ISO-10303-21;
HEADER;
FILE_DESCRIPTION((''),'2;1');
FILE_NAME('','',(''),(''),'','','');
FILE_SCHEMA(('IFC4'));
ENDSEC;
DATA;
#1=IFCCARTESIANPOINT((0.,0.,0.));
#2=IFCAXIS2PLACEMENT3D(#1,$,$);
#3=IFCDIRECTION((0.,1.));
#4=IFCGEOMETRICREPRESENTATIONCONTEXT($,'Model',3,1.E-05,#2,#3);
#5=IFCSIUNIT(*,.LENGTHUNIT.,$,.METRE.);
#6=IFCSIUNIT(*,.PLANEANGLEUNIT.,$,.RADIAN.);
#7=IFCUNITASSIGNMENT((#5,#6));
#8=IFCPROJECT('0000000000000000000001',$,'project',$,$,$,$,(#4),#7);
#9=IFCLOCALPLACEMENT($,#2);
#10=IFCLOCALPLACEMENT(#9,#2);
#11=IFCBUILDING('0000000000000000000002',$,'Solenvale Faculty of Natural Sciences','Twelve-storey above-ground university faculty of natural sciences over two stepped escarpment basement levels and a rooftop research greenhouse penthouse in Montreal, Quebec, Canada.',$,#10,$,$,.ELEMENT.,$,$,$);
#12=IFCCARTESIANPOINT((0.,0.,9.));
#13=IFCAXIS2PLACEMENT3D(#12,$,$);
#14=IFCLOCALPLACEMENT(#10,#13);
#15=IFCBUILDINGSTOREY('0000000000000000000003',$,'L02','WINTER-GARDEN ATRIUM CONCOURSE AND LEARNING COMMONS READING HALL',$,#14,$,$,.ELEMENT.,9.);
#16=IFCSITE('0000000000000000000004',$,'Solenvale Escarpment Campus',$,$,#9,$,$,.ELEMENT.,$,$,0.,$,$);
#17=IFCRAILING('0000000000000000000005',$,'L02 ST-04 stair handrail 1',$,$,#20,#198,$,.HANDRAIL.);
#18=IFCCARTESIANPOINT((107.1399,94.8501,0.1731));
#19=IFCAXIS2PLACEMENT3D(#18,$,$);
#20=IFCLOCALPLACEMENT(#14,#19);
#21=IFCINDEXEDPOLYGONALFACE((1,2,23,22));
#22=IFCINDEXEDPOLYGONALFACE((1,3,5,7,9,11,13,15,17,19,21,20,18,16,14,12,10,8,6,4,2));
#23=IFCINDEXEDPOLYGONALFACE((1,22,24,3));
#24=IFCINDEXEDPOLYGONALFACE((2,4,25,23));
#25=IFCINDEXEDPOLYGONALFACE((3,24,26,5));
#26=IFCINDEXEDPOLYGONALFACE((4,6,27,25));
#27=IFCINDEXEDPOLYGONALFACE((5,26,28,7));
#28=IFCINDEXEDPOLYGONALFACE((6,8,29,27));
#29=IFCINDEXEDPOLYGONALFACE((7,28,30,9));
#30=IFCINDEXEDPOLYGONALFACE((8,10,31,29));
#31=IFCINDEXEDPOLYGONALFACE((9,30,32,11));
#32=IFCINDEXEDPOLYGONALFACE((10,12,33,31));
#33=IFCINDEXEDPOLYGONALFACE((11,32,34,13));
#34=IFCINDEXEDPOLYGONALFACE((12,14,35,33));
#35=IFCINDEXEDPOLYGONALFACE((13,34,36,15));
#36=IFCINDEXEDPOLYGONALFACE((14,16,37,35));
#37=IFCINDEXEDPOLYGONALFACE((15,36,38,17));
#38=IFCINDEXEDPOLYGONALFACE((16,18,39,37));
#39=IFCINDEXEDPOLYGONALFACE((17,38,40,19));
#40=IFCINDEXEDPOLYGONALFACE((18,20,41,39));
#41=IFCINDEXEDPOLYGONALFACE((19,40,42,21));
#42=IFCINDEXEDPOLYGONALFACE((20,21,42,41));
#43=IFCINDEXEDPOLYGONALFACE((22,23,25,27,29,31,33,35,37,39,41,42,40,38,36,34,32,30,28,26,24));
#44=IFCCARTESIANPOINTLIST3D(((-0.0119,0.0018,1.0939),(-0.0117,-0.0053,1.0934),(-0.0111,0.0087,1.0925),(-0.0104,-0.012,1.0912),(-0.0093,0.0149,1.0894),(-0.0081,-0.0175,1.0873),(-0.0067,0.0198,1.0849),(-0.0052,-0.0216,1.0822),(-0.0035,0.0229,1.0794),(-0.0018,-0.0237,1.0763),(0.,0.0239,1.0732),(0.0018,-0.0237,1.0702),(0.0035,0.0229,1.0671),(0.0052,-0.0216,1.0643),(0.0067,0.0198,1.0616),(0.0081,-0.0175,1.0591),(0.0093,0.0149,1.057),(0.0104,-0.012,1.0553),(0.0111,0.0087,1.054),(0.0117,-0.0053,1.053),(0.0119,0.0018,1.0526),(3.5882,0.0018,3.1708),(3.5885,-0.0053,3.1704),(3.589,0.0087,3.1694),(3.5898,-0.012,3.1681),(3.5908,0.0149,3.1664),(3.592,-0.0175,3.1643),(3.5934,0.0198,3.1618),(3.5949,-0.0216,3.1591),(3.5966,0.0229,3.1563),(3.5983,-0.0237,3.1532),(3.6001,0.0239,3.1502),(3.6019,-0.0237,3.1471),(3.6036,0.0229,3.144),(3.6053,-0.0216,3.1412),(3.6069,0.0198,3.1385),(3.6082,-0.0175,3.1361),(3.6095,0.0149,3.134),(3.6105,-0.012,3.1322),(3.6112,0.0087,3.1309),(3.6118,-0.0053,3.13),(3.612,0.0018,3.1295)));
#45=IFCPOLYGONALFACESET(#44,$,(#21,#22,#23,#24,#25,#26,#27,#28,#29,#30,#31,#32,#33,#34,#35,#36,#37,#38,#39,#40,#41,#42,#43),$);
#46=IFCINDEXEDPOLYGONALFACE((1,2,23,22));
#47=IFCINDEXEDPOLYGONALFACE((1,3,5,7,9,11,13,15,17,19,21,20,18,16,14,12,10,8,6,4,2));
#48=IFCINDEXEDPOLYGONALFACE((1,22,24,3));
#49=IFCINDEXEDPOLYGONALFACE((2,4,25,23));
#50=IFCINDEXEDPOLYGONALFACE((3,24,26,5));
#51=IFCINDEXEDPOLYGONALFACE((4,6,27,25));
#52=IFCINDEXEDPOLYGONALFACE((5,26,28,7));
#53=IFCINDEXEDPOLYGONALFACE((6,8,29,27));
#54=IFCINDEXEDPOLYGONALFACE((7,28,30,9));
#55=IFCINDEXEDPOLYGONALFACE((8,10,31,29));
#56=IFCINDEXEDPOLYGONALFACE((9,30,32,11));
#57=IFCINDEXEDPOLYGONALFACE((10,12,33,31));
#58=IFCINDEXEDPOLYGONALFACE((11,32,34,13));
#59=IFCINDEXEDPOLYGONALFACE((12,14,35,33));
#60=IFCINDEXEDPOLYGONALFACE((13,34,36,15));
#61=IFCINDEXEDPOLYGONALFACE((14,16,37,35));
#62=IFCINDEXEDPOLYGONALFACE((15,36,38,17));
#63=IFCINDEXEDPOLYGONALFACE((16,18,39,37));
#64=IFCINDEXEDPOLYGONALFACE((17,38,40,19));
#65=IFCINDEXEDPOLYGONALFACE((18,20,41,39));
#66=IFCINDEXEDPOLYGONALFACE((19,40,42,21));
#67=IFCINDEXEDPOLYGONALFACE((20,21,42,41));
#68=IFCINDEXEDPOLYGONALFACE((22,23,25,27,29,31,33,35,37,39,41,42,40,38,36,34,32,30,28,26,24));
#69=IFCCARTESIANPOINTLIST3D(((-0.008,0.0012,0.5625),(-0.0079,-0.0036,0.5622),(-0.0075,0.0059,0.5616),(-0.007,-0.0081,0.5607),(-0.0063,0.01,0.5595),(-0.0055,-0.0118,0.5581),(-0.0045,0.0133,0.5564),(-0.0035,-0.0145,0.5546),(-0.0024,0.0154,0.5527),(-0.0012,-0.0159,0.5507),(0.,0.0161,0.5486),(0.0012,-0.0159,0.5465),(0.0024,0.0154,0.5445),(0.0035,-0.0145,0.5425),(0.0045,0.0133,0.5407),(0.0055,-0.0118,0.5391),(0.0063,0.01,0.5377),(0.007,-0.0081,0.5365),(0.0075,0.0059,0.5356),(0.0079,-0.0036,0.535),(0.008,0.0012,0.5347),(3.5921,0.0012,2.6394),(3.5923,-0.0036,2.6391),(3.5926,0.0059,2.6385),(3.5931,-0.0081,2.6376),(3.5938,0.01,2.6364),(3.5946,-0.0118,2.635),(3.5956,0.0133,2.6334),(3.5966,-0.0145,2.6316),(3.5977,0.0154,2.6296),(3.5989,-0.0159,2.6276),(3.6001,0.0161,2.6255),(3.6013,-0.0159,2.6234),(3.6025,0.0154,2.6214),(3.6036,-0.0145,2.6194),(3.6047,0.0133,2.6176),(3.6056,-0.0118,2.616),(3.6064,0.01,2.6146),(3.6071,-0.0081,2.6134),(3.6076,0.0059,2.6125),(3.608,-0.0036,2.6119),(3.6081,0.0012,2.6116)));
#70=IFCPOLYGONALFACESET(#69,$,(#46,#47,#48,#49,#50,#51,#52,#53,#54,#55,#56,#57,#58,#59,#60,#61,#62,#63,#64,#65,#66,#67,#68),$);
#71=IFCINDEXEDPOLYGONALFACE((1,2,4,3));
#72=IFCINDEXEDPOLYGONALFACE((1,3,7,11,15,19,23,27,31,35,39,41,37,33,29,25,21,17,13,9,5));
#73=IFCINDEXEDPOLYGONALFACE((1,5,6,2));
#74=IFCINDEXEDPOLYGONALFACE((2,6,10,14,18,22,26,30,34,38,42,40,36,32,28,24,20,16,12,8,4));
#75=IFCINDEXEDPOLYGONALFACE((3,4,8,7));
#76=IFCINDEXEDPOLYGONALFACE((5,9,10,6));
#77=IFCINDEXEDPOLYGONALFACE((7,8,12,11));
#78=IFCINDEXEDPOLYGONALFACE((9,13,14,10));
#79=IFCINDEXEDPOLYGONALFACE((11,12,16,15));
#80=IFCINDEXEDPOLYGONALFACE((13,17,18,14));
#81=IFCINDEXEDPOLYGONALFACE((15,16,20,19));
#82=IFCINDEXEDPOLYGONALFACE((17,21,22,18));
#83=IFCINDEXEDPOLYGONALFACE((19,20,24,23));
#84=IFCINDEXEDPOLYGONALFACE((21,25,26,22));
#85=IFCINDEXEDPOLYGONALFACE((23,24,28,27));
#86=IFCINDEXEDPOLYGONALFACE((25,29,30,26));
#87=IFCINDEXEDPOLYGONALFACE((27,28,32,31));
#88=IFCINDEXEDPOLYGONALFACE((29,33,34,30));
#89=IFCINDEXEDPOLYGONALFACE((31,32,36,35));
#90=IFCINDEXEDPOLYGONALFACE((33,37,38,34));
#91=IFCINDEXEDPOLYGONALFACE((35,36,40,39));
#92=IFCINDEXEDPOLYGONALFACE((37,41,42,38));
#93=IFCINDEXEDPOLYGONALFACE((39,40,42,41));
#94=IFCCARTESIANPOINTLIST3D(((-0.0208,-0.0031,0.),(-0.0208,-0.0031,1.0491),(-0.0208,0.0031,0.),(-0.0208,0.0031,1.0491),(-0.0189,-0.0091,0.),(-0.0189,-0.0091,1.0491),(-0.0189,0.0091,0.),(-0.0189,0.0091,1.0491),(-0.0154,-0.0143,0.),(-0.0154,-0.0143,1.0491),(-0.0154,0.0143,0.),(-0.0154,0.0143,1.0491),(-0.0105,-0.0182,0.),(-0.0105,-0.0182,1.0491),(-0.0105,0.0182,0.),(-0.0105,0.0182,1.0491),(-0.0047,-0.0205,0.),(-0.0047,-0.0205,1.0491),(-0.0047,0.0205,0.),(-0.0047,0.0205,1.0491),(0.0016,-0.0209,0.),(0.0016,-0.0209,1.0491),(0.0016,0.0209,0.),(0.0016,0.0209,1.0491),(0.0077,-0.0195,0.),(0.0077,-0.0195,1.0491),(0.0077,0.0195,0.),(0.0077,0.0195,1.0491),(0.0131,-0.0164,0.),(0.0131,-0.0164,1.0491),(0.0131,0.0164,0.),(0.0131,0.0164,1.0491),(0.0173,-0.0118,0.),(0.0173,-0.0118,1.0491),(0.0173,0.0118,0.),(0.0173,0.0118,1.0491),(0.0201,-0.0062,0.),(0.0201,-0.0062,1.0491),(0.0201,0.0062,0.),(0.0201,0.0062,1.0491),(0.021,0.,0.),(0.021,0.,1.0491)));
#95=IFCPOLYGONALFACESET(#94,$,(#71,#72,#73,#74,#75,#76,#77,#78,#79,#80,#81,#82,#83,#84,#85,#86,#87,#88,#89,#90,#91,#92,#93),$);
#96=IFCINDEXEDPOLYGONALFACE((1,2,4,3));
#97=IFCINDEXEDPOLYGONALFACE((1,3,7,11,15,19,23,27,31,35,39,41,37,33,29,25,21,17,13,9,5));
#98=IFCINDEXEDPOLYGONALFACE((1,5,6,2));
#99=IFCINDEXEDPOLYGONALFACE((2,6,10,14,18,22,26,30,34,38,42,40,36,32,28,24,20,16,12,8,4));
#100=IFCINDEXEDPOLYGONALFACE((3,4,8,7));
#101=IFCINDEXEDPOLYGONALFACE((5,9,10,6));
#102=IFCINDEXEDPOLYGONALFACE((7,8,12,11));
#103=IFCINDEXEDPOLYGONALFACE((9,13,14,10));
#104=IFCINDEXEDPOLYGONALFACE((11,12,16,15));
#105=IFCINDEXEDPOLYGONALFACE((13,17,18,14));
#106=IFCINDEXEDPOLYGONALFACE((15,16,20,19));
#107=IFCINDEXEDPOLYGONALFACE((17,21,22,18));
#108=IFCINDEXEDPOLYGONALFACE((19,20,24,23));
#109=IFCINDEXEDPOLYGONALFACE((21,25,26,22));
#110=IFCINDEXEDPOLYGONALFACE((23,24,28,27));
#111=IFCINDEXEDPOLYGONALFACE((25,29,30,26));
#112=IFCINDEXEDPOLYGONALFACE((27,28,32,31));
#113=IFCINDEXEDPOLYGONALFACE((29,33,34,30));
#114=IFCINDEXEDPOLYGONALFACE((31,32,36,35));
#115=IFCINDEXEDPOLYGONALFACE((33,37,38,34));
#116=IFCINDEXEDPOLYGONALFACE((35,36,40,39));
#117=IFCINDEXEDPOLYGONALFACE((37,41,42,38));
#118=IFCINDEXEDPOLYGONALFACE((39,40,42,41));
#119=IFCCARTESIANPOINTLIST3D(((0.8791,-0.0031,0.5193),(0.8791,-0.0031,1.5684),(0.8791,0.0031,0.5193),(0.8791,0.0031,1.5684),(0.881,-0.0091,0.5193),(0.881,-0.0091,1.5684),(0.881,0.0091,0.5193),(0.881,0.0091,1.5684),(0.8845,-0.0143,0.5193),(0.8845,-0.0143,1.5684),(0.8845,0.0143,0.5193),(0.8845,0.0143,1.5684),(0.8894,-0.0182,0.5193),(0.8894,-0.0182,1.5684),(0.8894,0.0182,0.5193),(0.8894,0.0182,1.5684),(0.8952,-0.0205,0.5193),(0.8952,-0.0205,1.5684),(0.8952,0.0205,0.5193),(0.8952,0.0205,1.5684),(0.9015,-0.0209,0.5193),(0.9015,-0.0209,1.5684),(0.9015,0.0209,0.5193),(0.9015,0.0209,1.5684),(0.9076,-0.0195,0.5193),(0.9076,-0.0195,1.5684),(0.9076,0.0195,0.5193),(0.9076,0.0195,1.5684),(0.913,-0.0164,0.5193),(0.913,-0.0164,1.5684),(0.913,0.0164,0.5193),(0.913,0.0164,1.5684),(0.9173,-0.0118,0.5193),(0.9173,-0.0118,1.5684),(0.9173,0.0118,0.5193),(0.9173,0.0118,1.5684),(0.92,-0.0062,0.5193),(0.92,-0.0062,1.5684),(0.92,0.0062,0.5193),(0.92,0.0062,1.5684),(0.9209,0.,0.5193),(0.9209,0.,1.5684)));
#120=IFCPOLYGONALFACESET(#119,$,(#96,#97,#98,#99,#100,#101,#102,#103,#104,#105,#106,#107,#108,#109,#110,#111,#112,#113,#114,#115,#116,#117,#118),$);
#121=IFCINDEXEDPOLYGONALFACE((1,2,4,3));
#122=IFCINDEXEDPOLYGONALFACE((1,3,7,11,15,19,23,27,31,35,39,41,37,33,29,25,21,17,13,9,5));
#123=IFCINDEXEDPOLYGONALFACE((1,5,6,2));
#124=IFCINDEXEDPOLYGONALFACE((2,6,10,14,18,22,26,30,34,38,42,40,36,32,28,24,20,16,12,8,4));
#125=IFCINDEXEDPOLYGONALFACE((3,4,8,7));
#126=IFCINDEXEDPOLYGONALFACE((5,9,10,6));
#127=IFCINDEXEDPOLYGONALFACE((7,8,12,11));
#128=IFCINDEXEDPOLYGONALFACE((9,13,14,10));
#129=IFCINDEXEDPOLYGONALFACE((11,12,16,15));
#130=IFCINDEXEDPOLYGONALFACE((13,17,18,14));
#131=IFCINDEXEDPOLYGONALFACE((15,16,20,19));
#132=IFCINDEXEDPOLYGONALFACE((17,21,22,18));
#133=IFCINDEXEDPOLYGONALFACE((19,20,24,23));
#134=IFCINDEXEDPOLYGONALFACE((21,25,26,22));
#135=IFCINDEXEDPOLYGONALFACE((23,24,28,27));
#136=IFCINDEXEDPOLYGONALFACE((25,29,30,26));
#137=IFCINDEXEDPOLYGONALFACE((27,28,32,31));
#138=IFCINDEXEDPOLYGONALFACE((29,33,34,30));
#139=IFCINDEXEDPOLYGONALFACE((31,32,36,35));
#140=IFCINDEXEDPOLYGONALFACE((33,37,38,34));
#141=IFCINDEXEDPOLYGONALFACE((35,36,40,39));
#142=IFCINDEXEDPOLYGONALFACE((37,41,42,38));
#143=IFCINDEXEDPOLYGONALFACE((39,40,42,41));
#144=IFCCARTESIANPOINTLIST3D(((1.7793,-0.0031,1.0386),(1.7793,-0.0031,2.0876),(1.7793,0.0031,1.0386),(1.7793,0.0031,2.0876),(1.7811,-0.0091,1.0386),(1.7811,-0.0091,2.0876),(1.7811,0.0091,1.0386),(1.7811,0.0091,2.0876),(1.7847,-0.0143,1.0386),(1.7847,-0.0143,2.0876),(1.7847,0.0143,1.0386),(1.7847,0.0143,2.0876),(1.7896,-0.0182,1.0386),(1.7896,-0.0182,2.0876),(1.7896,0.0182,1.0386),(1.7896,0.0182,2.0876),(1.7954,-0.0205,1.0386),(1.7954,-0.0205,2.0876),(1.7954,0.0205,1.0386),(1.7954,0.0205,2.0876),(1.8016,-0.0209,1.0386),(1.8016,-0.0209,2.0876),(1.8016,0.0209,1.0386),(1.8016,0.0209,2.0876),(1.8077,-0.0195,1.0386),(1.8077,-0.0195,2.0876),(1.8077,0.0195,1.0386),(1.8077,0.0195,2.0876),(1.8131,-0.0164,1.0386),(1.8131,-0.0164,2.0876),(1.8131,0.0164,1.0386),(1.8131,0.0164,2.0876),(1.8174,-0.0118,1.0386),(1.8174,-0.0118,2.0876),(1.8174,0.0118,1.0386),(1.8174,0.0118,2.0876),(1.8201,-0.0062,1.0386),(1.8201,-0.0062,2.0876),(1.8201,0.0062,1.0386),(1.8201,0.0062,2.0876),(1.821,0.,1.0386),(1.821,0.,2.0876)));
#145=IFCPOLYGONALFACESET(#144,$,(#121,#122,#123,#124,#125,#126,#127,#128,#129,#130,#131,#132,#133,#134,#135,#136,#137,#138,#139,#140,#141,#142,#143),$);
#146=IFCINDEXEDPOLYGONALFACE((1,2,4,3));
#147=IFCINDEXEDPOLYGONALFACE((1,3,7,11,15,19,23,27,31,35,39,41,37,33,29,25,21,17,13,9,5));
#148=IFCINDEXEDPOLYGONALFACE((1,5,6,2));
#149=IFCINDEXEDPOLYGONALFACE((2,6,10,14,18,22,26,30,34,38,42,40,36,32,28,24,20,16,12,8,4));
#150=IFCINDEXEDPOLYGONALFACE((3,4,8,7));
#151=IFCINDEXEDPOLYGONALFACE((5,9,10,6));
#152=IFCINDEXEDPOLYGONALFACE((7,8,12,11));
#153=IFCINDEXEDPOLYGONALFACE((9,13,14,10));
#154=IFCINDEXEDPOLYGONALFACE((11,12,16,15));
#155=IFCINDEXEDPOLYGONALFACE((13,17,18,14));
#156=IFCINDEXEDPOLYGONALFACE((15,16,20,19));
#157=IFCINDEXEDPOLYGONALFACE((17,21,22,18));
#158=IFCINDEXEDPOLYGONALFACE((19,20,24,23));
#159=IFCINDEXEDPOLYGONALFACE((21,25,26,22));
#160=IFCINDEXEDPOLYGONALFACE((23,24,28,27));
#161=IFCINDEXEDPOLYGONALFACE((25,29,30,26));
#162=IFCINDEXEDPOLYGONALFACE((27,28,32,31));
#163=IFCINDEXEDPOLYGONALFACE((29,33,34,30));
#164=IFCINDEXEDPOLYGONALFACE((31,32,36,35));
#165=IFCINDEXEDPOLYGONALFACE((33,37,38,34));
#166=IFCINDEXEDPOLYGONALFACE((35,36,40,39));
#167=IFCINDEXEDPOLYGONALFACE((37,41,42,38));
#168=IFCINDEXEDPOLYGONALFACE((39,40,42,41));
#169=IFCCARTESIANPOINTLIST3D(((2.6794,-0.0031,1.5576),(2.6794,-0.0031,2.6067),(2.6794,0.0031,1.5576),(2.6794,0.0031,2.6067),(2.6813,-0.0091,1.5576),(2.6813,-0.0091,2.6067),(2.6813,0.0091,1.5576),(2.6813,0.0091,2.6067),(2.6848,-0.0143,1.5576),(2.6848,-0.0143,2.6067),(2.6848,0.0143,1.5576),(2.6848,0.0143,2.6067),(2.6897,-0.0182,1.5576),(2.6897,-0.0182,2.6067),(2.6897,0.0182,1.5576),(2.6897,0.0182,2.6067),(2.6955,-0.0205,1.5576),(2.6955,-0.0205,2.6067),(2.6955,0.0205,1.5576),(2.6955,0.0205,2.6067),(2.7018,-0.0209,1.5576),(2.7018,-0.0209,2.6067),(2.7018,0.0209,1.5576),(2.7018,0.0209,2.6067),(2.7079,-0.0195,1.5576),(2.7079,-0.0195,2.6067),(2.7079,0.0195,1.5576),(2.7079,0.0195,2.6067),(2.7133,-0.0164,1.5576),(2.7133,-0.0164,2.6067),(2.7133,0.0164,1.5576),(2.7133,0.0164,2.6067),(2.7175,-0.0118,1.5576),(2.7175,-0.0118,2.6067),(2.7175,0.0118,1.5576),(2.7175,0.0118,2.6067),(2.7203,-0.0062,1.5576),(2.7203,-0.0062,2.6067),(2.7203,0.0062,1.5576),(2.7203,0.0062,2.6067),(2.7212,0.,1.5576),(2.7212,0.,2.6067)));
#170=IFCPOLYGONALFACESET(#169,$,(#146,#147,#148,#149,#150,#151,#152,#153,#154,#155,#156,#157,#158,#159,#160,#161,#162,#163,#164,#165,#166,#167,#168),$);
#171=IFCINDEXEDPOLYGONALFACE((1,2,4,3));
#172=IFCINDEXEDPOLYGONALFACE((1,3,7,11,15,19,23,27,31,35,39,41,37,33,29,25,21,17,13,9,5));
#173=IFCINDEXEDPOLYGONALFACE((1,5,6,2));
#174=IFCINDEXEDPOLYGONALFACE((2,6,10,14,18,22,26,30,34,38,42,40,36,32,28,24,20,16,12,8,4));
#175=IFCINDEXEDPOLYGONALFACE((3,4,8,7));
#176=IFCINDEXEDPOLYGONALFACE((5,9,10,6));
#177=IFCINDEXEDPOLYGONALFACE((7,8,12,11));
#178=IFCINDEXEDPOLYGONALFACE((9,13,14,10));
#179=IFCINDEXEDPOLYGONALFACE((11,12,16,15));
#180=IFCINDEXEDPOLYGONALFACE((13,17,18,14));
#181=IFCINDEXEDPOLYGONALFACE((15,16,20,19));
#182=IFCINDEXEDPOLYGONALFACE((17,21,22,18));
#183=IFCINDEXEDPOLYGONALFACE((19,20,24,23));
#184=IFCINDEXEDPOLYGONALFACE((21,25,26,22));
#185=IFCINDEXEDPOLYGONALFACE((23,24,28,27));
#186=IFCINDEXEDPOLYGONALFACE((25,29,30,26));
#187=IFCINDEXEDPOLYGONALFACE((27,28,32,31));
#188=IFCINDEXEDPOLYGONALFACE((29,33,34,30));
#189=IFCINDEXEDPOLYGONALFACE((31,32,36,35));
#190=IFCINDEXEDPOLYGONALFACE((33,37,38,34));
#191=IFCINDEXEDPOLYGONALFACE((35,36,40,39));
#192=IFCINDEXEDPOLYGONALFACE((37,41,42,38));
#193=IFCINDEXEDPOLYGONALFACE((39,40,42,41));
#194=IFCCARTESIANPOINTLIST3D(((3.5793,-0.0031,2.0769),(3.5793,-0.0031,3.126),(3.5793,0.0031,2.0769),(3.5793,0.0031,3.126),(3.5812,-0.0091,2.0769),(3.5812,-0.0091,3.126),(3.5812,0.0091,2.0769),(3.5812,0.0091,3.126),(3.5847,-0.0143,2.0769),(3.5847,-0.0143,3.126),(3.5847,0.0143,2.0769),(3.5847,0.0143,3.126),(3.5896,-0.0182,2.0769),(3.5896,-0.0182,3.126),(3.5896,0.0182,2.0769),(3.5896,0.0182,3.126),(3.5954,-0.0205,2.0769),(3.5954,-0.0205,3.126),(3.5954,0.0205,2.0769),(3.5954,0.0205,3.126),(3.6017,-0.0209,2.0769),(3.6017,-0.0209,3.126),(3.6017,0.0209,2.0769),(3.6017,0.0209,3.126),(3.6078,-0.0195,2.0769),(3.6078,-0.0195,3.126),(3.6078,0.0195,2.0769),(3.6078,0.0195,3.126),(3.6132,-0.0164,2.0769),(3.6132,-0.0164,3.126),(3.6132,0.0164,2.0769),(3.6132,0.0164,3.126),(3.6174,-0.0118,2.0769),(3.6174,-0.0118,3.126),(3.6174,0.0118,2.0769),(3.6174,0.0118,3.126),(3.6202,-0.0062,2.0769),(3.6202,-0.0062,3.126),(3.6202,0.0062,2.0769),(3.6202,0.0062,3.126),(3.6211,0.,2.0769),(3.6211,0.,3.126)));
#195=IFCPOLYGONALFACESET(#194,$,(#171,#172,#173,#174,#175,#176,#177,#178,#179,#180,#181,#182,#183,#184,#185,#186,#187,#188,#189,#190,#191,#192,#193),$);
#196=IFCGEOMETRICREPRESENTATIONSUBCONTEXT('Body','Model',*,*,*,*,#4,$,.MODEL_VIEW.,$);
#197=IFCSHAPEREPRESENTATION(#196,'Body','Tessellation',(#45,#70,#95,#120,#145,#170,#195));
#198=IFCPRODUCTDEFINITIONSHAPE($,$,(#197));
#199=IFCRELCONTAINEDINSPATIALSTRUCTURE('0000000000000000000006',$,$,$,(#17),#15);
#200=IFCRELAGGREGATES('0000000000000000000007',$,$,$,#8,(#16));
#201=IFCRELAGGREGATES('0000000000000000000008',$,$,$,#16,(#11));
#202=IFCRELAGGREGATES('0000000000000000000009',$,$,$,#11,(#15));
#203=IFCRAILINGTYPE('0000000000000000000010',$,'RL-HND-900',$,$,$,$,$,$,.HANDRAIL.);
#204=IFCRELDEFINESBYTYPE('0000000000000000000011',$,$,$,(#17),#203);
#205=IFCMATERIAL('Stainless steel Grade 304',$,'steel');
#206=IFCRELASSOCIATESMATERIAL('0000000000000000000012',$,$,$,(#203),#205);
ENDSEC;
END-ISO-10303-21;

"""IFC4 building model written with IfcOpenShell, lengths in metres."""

from ifc_helpers import new_model, si_unit, direction, frame, origin, origin_2d, place, context, subcontext, project, spatial, circle, extrude, material, type_object, element, save


model = new_model("IFC4")

# Units and contexts
model_context = context("Model", 3, precision=1e-05, world=origin(), true_north=direction((0.0, 1.0)))
body_context = subcontext(model_context, "Body", "Model", "MODEL_VIEW")
ifc_project = project(units=[si_unit("LENGTHUNIT", "METRE"), si_unit("PLANEANGLEUNIT", "RADIAN")], contexts=[model_context])

# Site, building, storey
site_placement = place(None, origin())
site = spatial("IfcSite", under=ifc_project, at=site_placement, Name="Solenvale Escarpment Campus", CompositionType="ELEMENT", RefElevation=0.0)
building_placement = place(site_placement, origin())
building = spatial("IfcBuilding", under=site, at=building_placement, Name="Solenvale Faculty of Natural Sciences", Description="Twelve-storey above-ground university faculty of natural sciences over two stepped escarpment basement levels and a rooftop research greenhouse penthouse in Montreal, Quebec, Canada.", CompositionType="ELEMENT")
storey_placement = place(building_placement, frame((0.0, 0.0, 9.0)))
storey = spatial("IfcBuildingStorey", under=building, at=storey_placement, Name="L02", Description="WINTER-GARDEN ATRIUM CONCOURSE AND LEARNING COMMONS READING HALL", CompositionType="ELEMENT", Elevation=9.0)

# Railing
ifc_material_1 = material(Name="Stainless steel Grade 304", Category="steel")
railing_type_1 = type_object("IfcRailingType", Name="RL-HND-900", PredefinedType="HANDRAIL", material=ifc_material_1)
railing_1_placement = place(storey_placement, frame((107.1399, 94.8501, 0.1731)))
element("IfcRailing", 1, at=railing_1_placement, inside=storey, type_object=railing_type_1, Name="L02 ST-04 stair handrail 1", PredefinedType="HANDRAIL", context=body_context, shape_type="SweptSolid", body=[
    extrude(circle(Radius=0.0239, at=origin_2d()), frame((0.0, 0.0, 1.0732), z_axis=(0.866193, 0.0, 0.499709), x_axis=(0.0, 1.0, 0.0)), (0.0, 0.0, 1.0), 4.1562),
    extrude(circle(Radius=0.0161, at=origin_2d()), frame((0.0, 0.0, 0.5486), z_axis=(0.866193, 0.0, 0.499709), x_axis=(0.0, 1.0, 0.0)), (0.0, 0.0, 1.0), 4.1562),
    extrude(circle(Radius=0.021, at=origin_2d()), origin(), (0.0, 0.0, 1.0), 1.0491),
    extrude(circle(Radius=0.021, at=origin_2d()), frame((0.8999, 0.0, 0.5193)), (0.0, 0.0, 1.0), 1.0491),
    extrude(circle(Radius=0.021, at=origin_2d()), frame((1.8, 0.0, 1.0386)), (0.0, 0.0, 1.0), 1.0491),
    extrude(circle(Radius=0.021, at=origin_2d()), frame((2.7002, 0.0, 1.5576)), (0.0, 0.0, 1.0), 1.0491),
    extrude(circle(Radius=0.021, at=origin_2d()), frame((3.6001, 0.0, 2.0769)), (0.0, 0.0, 1.0), 1.0491),
])

save(model, "model.ifc")
